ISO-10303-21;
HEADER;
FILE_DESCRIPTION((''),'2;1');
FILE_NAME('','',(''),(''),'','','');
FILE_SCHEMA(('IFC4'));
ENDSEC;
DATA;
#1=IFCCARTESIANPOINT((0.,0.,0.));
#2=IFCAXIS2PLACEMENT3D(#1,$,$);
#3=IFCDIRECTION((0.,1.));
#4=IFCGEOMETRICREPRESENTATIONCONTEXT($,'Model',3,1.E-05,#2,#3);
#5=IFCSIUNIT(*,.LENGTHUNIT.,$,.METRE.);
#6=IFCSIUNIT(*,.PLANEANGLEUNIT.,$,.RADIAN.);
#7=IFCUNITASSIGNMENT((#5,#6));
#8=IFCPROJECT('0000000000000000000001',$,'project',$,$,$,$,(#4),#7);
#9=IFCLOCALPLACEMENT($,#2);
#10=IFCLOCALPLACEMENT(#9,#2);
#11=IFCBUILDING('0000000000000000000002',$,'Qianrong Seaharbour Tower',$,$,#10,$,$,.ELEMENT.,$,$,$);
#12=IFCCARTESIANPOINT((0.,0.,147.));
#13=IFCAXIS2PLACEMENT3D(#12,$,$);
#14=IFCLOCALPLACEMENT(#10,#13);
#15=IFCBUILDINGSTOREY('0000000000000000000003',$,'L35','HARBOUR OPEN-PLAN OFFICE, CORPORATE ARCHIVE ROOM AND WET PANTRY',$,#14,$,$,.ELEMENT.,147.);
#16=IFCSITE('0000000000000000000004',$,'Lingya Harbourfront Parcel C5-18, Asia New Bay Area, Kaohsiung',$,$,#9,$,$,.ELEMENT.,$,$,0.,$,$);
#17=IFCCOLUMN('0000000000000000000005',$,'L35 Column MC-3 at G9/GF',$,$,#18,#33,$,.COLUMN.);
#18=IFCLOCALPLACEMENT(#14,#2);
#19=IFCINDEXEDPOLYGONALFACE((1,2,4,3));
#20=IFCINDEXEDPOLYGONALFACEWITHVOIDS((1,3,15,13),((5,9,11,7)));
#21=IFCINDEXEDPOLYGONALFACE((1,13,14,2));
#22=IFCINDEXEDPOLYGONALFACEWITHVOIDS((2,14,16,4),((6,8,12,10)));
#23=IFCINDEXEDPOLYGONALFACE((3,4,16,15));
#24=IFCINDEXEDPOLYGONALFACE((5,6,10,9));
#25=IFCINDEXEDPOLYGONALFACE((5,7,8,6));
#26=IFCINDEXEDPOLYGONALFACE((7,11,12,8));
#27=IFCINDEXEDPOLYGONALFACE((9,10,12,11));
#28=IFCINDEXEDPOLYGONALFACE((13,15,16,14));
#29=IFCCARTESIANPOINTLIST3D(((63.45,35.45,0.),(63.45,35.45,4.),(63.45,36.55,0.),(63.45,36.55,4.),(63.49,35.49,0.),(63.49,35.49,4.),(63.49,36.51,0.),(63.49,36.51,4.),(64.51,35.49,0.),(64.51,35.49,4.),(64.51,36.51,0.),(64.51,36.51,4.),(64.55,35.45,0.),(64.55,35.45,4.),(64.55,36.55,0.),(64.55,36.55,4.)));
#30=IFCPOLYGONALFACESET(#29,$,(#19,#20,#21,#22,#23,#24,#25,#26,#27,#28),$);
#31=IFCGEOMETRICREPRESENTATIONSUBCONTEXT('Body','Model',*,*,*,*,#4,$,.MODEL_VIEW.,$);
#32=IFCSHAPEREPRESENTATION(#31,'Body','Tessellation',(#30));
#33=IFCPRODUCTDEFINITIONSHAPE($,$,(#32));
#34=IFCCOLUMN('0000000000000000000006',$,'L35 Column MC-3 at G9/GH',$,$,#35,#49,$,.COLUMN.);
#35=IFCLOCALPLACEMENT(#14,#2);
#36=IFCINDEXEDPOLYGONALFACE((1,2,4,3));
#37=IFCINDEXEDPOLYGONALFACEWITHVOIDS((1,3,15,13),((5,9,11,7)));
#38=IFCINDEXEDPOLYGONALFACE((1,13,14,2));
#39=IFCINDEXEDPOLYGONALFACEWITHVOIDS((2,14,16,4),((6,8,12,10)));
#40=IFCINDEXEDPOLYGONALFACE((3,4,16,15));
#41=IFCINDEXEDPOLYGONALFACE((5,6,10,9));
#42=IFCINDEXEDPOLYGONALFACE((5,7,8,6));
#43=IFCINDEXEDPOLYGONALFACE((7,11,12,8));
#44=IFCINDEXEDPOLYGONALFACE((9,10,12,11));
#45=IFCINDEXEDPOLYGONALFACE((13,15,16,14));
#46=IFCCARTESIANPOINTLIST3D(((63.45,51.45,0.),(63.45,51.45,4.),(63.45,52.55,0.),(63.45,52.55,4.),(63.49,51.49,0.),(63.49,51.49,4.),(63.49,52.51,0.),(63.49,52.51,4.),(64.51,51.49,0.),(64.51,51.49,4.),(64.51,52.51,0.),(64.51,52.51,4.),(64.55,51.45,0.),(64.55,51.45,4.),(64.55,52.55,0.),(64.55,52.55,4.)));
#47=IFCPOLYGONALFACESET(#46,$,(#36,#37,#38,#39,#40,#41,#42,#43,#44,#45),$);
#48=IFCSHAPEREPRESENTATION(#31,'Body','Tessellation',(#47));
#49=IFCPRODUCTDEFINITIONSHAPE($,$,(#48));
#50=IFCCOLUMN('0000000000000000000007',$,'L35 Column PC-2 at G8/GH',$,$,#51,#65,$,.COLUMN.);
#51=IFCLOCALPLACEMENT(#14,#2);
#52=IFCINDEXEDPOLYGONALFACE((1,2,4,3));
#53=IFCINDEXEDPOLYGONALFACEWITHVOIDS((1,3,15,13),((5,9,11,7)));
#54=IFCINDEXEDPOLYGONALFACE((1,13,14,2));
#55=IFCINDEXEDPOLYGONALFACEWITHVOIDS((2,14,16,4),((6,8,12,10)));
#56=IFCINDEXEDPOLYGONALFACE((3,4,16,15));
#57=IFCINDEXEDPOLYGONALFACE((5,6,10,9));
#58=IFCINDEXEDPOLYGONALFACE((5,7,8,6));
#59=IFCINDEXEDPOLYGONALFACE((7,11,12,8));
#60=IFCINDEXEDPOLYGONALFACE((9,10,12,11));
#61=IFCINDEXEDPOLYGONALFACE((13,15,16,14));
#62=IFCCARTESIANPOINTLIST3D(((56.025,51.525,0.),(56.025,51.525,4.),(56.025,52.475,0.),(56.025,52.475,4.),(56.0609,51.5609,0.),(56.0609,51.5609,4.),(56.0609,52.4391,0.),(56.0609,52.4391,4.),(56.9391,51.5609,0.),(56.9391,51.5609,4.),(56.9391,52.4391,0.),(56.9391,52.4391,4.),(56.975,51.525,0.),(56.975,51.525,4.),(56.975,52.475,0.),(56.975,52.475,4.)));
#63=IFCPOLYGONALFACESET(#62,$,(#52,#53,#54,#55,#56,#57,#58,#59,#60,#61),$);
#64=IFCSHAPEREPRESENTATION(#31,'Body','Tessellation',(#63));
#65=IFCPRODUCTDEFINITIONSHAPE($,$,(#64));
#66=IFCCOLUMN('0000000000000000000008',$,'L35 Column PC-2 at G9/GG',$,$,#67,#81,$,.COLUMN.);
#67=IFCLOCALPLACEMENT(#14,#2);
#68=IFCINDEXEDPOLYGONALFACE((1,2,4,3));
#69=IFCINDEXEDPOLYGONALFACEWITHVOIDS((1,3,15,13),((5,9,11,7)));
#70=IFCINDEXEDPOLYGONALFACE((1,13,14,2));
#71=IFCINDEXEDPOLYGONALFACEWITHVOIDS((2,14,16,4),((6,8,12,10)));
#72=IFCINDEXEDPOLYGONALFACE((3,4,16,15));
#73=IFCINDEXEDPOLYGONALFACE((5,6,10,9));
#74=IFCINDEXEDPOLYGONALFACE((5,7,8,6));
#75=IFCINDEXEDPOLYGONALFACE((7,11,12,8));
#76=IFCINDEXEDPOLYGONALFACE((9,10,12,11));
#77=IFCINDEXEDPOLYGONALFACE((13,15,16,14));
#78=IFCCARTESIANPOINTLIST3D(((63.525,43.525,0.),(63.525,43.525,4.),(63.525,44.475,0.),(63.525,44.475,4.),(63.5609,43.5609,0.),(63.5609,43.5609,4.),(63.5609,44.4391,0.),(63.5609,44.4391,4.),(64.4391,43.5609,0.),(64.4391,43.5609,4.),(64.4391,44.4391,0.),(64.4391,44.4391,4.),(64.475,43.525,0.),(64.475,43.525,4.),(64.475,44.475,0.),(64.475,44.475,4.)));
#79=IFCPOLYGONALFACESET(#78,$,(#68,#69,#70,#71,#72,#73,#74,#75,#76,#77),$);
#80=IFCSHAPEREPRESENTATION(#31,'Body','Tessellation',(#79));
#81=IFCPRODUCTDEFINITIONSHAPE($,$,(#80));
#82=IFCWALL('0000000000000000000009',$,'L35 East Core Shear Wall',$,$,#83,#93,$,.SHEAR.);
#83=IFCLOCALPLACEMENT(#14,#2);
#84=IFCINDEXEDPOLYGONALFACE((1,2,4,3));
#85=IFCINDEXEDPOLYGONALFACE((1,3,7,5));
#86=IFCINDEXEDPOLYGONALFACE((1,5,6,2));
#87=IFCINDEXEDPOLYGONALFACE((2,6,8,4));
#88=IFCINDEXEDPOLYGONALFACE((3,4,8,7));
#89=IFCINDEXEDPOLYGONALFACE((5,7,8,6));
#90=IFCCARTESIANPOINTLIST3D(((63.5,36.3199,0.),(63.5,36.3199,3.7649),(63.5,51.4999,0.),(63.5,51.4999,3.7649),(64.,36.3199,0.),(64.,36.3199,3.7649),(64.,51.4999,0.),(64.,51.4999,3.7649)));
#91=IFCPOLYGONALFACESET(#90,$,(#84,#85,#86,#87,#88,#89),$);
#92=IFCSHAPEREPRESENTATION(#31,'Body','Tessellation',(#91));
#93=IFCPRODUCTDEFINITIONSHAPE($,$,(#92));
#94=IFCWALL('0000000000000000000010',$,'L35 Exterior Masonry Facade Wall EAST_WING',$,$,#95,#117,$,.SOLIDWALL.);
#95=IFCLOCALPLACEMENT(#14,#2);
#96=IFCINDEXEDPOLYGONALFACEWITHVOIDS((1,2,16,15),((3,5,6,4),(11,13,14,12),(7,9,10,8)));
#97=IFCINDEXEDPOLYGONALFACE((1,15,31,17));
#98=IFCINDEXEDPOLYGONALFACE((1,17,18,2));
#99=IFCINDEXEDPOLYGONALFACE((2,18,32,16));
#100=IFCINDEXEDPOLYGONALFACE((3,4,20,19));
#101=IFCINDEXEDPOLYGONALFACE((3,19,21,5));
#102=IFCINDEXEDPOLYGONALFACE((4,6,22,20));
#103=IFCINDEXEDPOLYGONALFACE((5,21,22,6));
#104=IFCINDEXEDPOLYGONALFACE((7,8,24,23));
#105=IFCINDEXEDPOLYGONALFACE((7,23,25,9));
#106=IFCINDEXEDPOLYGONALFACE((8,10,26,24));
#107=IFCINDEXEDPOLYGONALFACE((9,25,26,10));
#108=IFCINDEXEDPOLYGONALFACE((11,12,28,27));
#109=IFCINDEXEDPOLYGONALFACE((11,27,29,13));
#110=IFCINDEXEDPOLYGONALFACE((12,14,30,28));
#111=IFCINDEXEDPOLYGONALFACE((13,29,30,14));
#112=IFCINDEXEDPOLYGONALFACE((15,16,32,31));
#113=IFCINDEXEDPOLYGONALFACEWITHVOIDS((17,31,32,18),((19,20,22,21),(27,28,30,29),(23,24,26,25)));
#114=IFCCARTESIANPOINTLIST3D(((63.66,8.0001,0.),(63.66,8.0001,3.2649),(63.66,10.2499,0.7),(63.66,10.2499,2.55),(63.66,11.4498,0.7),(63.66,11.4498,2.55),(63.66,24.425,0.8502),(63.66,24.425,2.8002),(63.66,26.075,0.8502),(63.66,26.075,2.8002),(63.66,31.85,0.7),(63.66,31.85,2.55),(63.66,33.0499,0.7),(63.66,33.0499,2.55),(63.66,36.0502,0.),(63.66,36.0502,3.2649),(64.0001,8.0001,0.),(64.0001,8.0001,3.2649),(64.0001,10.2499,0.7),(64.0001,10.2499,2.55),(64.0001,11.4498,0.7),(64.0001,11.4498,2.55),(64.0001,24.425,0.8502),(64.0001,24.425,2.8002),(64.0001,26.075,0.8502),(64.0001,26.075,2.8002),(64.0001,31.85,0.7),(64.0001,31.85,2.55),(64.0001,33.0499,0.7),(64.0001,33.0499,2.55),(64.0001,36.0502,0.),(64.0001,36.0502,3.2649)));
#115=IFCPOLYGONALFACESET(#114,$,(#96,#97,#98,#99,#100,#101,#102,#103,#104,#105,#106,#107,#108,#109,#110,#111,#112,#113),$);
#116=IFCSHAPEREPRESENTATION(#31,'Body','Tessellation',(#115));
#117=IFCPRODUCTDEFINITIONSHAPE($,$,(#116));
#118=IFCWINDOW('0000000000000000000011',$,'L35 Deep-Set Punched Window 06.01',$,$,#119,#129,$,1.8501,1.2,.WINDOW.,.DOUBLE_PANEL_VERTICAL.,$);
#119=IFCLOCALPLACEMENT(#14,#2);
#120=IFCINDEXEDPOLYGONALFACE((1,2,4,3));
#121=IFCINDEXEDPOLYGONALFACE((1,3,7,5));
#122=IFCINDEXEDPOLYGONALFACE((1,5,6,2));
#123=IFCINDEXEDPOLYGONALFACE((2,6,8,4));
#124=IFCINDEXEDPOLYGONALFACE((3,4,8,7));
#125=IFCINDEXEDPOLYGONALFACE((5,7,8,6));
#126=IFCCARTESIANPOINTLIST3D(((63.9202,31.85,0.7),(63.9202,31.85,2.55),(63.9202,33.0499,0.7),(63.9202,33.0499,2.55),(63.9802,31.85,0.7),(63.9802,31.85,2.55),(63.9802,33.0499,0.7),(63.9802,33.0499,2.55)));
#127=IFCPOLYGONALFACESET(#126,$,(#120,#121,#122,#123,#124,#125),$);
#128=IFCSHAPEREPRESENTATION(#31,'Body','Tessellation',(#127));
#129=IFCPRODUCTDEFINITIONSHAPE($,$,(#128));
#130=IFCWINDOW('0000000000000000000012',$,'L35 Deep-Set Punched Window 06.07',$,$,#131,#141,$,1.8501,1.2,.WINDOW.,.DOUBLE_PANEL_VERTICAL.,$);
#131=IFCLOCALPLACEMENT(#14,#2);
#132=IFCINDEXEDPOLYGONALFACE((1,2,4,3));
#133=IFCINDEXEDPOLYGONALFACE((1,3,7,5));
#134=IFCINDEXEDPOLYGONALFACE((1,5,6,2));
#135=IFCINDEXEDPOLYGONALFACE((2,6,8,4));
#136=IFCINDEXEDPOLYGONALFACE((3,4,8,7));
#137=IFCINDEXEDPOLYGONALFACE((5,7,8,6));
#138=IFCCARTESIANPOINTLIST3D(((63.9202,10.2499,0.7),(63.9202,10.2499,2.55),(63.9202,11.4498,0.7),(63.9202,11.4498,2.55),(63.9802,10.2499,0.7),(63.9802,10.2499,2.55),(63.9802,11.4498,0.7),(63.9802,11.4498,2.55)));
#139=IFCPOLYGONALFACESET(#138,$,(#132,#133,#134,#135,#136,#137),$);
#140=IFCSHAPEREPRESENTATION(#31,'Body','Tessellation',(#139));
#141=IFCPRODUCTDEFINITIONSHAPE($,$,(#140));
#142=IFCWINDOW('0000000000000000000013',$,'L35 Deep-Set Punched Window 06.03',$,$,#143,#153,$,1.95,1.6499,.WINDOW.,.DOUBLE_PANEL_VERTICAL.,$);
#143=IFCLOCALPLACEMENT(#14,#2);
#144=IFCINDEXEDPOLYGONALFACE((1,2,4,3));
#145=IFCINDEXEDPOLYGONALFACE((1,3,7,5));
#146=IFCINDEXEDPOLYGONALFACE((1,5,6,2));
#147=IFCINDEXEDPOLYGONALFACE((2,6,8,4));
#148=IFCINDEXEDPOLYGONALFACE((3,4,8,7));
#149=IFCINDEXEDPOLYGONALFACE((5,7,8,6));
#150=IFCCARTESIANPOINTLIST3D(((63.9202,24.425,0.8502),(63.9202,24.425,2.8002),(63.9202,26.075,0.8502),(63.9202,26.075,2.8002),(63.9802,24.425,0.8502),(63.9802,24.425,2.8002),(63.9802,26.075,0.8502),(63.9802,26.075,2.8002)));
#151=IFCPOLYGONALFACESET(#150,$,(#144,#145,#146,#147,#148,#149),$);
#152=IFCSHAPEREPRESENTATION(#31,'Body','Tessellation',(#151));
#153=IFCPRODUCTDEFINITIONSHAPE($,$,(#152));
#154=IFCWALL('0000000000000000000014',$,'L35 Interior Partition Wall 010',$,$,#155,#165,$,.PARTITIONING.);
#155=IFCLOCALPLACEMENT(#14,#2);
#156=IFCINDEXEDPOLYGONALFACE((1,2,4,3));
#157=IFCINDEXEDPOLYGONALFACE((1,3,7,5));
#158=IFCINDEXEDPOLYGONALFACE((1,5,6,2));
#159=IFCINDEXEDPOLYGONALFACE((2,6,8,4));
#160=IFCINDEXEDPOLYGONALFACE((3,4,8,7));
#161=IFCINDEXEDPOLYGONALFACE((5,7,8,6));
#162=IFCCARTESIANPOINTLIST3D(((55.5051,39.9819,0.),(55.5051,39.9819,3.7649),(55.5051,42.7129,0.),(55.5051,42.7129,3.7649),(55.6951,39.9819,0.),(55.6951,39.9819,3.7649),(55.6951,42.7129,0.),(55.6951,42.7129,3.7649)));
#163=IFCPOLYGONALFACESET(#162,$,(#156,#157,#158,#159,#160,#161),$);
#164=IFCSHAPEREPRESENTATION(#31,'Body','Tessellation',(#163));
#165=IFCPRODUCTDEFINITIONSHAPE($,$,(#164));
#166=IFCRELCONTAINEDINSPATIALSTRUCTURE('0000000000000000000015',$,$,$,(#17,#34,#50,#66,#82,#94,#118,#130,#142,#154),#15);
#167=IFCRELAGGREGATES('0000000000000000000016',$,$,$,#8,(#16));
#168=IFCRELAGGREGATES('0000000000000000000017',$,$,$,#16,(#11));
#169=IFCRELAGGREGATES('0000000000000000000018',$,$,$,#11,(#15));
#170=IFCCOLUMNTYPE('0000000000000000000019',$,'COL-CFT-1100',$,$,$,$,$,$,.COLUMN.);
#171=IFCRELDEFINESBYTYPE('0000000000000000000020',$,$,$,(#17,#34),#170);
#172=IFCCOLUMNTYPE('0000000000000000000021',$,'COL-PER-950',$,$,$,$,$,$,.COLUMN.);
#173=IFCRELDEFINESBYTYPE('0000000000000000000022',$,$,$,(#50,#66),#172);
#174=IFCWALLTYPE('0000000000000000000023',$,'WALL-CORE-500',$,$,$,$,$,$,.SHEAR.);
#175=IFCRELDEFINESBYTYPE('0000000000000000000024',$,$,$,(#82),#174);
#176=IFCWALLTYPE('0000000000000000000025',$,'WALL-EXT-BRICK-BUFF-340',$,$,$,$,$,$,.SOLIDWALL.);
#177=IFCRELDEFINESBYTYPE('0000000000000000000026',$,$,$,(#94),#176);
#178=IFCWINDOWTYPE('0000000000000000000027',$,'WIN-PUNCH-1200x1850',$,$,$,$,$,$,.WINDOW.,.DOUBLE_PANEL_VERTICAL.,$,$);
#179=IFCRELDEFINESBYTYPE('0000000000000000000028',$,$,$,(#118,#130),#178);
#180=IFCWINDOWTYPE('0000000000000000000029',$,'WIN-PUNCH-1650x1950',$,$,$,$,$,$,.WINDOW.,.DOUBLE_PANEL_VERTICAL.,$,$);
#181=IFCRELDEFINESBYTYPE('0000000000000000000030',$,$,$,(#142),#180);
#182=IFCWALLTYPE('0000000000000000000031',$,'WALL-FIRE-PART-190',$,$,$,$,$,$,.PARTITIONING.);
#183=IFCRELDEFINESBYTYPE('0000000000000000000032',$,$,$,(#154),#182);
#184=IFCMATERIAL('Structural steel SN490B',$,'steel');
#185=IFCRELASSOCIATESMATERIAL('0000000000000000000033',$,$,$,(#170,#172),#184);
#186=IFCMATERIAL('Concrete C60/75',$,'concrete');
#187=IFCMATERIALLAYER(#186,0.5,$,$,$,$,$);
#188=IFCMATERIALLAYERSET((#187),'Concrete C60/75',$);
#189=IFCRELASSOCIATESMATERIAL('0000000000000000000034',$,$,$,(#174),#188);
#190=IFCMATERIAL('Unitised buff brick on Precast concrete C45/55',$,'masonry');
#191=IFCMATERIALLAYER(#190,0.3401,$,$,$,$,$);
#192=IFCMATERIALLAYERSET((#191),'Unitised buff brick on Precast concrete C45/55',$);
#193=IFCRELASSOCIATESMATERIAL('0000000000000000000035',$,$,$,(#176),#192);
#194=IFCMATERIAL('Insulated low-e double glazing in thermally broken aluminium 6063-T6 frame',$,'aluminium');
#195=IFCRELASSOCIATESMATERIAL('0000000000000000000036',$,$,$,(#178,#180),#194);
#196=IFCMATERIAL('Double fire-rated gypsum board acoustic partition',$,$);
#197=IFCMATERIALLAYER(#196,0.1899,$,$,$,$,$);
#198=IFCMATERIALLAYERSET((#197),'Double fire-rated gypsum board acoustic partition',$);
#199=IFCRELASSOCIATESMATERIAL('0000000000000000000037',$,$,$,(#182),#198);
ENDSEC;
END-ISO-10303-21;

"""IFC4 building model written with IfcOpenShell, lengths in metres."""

from ifc_helpers import new_model, si_unit, direction, frame, frame_2d, origin, origin_2d, place, context, subcontext, project, spatial, rectangle, hollow_rectangle, extrude, material, layer, layer_set, material_profile, profile_set, type_object, element, fill, save


model = new_model("IFC4")

# Units and contexts
model_context = context("Model", 3, precision=1e-05, world=origin(), true_north=direction((0.0, 1.0)))
body_context = subcontext(model_context, "Body", "Model", "MODEL_VIEW")
ifc_project = project(units=[si_unit("LENGTHUNIT", "METRE"), si_unit("PLANEANGLEUNIT", "RADIAN")], contexts=[model_context])

# Site, building, storey
site_placement = place(None, origin())
site = spatial("IfcSite", under=ifc_project, at=site_placement, Name="Lingya Harbourfront Parcel C5-18, Asia New Bay Area, Kaohsiung", CompositionType="ELEMENT", RefElevation=0.0)
building_placement = place(site_placement, origin())
building = spatial("IfcBuilding", under=site, at=building_placement, Name="Qianrong Seaharbour Tower", CompositionType="ELEMENT")
storey_placement = place(building_placement, frame((0.0, 0.0, 147.0)))
storey = spatial("IfcBuildingStorey", under=building, at=storey_placement, Name="L35", Description="HARBOUR OPEN-PLAN OFFICE, CORPORATE ARCHIVE ROOM AND WET PANTRY", CompositionType="ELEMENT", Elevation=147.0)

# Columns
ifc_material_1 = material(Name="Structural steel SN490B", Category="steel")
ifc_material_profile_1 = material_profile(ifc_material_1, hollow_rectangle(XDim=1.1001, YDim=1.1001, WallThickness=0.04, at=origin_2d()), Name="BOX1100x1100x40")
ifc_profile_set_1 = profile_set([ifc_material_profile_1], Name="Structural steel SN490B")
column_type_1 = type_object("IfcColumnType", Name="COL-CFT-1100", PredefinedType="COLUMN", material=ifc_profile_set_1)
for number, where, z_axis, x_axis, name in (
    (1, (64.0, 36.0, 0.0), (0.0, 0.0, 1.0), (1.0, 0.0, 0.0), "L35 Column MC-3 at G9/GF"),
    (2, (64.0, 52.0, 0.0), (0.0, 0.0, 1.0), (1.0, 0.0, 0.0), "L35 Column MC-3 at G9/GH"),
):
    element("IfcColumn", number, at=place(storey_placement, frame(where, z_axis=z_axis, x_axis=x_axis)), inside=storey, type_object=column_type_1, Name=name, PredefinedType="COLUMN", context=body_context, shape_type="SweptSolid", body=[
        extrude(hollow_rectangle(XDim=1.1001, YDim=1.1001, WallThickness=0.04, at=origin_2d()), origin(), (0.0, 0.0, 1.0), 4.0),
    ])
ifc_material_profile_2 = material_profile(ifc_material_1, hollow_rectangle(XDim=0.95, YDim=0.95, WallThickness=0.0359, at=origin_2d()), Name="BOX950x950x36")
ifc_profile_set_2 = profile_set([ifc_material_profile_2], Name="Structural steel SN490B")
column_type_2 = type_object("IfcColumnType", Name="COL-PER-950", PredefinedType="COLUMN", material=ifc_profile_set_2)
for number, where, z_axis, x_axis, name in (
    (3, (56.5, 52.0, 0.0), (0.0, 0.0, 1.0), (1.0, 0.0, 0.0), "L35 Column PC-2 at G8/GH"),
    (4, (64.0, 44.0, 0.0), (0.0, 0.0, 1.0), (1.0, 0.0, 0.0), "L35 Column PC-2 at G9/GG"),
):
    element("IfcColumn", number, at=place(storey_placement, frame(where, z_axis=z_axis, x_axis=x_axis)), inside=storey, type_object=column_type_2, Name=name, PredefinedType="COLUMN", context=body_context, shape_type="SweptSolid", body=[
        extrude(hollow_rectangle(XDim=0.95, YDim=0.95, WallThickness=0.0359, at=origin_2d()), origin(), (0.0, 0.0, 1.0), 4.0),
    ])

# Wall
ifc_material_2 = material(Name="Concrete C60/75", Category="concrete")
ifc_layer_1 = layer(ifc_material_2, 0.5)
ifc_layer_set_1 = layer_set([ifc_layer_1], Name="Concrete C60/75")
wall_type_1 = type_object("IfcWallType", Name="WALL-CORE-500", PredefinedType="SHEAR", material=ifc_layer_set_1)
wall_1_placement = place(storey_placement, frame((63.75, 36.3201, 0.0), z_axis=(0.0, 0.0, 1.0), x_axis=(0.0, 1.0, 0.0)))
element("IfcWall", 5, at=wall_1_placement, inside=storey, type_object=wall_type_1, Name="L35 East Core Shear Wall", PredefinedType="SHEAR", context=body_context, shape_type="SweptSolid", body=[
    extrude(rectangle(XDim=15.1799, YDim=0.5, at=frame_2d((7.5898, 0.0))), origin(), (0.0, 0.0, 1.0), 3.7649),
])

# Wall, openings, windows
ifc_material_3 = material(Name="Unitised buff brick on Precast concrete C45/55", Category="masonry")
ifc_layer_2 = layer(ifc_material_3, 0.3401)
ifc_layer_set_2 = layer_set([ifc_layer_2], Name="Unitised buff brick on Precast concrete C45/55")
wall_type_2 = type_object("IfcWallType", Name="WALL-EXT-BRICK-BUFF-340", PredefinedType="SOLIDWALL", material=ifc_layer_set_2)
wall_2_placement = place(storey_placement, frame((63.8301, 36.05, 0.0), z_axis=(0.0, 0.0, 1.0), x_axis=(0.0, -1.0, 0.0)))
wall_2 = element("IfcWall", 6, at=wall_2_placement, inside=storey, type_object=wall_type_2, Name="L35 Exterior Masonry Facade Wall EAST_WING", PredefinedType="SOLIDWALL", context=body_context, shape_type="SweptSolid", body=[
    extrude(rectangle(XDim=28.05, YDim=0.3401, at=frame_2d((14.0249, 0.0))), origin(), (0.0, 0.0, 1.0), 3.2649),
])
opening_1_placement = place(wall_2_placement, frame((3.0, 0.0, 0.7)))
opening_1 = element("IfcOpeningElement", 7, at=opening_1_placement, cuts=wall_2, PredefinedType="OPENING", context=body_context, shape_type="SweptSolid", body=[
    extrude(rectangle(XDim=1.2, YDim=1.8501, at=frame_2d((0.6001, 0.925))), frame((0.0, 0.1802, 0.0), z_axis=(0.0, -1.0, 0.0), x_axis=(1.0, 0.0, 0.0)), (0.0, 0.0, 1.0), 0.3601),
])
opening_2_placement = place(wall_2_placement, frame((9.9751, 0.0, 0.8501)))
opening_2 = element("IfcOpeningElement", 8, at=opening_2_placement, cuts=wall_2, PredefinedType="OPENING", context=body_context, shape_type="SweptSolid", body=[
    extrude(rectangle(XDim=1.6499, YDim=1.95, at=frame_2d((0.825, 0.9751))), frame((0.0, 0.1802, 0.0), z_axis=(0.0, -1.0, 0.0), x_axis=(1.0, 0.0, 0.0)), (0.0, 0.0, 1.0), 0.3601),
])
opening_3_placement = place(wall_2_placement, frame((24.6001, 0.0, 0.7)))
opening_3 = element("IfcOpeningElement", 9, at=opening_3_placement, cuts=wall_2, PredefinedType="OPENING", context=body_context, shape_type="SweptSolid", body=[
    extrude(rectangle(XDim=1.2, YDim=1.8501, at=frame_2d((0.6001, 0.925))), frame((0.0, 0.1802, 0.0), z_axis=(0.0, -1.0, 0.0), x_axis=(1.0, 0.0, 0.0)), (0.0, 0.0, 1.0), 0.3601),
])
ifc_material_4 = material(Name="Insulated low-e double glazing in thermally broken aluminium 6063-T6 frame", Category="aluminium")
window_type_1 = type_object("IfcWindowType", Name="WIN-PUNCH-1200x1850", PartitioningType="DOUBLE_PANEL_VERTICAL", PredefinedType="WINDOW", material=ifc_material_4)
window_1_placement = place(opening_1_placement, origin())
window_1 = element("IfcWindow", 10, at=window_1_placement, inside=storey, type_object=window_type_1, Name="L35 Deep-Set Punched Window 06.01", OverallHeight=1.8501, OverallWidth=1.2, PartitioningType="DOUBLE_PANEL_VERTICAL", PredefinedType="WINDOW", context=body_context, shape_type="SweptSolid", body=[
    extrude(rectangle(XDim=1.2, YDim=1.8501, at=frame_2d((0.6001, 0.925))), frame((0.0, 0.1501, 0.0), z_axis=(0.0, -1.0, 0.0), x_axis=(1.0, 0.0, 0.0)), (0.0, 0.0, 1.0), 0.0601),
])
fill(opening_1, window_1)
window_2_placement = place(opening_3_placement, origin())
window_2 = element("IfcWindow", 11, at=window_2_placement, inside=storey, type_object=window_type_1, Name="L35 Deep-Set Punched Window 06.07", OverallHeight=1.8501, OverallWidth=1.2, PartitioningType="DOUBLE_PANEL_VERTICAL", PredefinedType="WINDOW", context=body_context, shape_type="SweptSolid", body=[
    extrude(rectangle(XDim=1.2, YDim=1.8501, at=frame_2d((0.6001, 0.925))), frame((0.0, 0.1501, 0.0), z_axis=(0.0, -1.0, 0.0), x_axis=(1.0, 0.0, 0.0)), (0.0, 0.0, 1.0), 0.0601),
])
fill(opening_3, window_2)
window_type_2 = type_object("IfcWindowType", Name="WIN-PUNCH-1650x1950", PartitioningType="DOUBLE_PANEL_VERTICAL", PredefinedType="WINDOW", material=ifc_material_4)
window_3_placement = place(opening_2_placement, origin())
window_3 = element("IfcWindow", 12, at=window_3_placement, inside=storey, type_object=window_type_2, Name="L35 Deep-Set Punched Window 06.03", OverallHeight=1.95, OverallWidth=1.6499, PartitioningType="DOUBLE_PANEL_VERTICAL", PredefinedType="WINDOW", context=body_context, shape_type="SweptSolid", body=[
    extrude(rectangle(XDim=1.6499, YDim=1.95, at=frame_2d((0.825, 0.9751))), frame((0.0, 0.1501, 0.0), z_axis=(0.0, -1.0, 0.0), x_axis=(1.0, 0.0, 0.0)), (0.0, 0.0, 1.0), 0.0601),
])
fill(opening_2, window_3)

# Wall
ifc_material_5 = material(Name="Double fire-rated gypsum board acoustic partition")
ifc_layer_3 = layer(ifc_material_5, 0.1899)
ifc_layer_set_3 = layer_set([ifc_layer_3], Name="Double fire-rated gypsum board acoustic partition")
wall_type_3 = type_object("IfcWallType", Name="WALL-FIRE-PART-190", PredefinedType="PARTITIONING", material=ifc_layer_set_3)
wall_3_placement = place(storey_placement, frame((55.6001, 42.7129, 0.0), z_axis=(0.0, 0.0, 1.0), x_axis=(0.0, -1.0, 0.0)))
element("IfcWall", 13, at=wall_3_placement, inside=storey, type_object=wall_type_3, Name="L35 Interior Partition Wall 010", PredefinedType="PARTITIONING", context=body_context, shape_type="SweptSolid", body=[
    extrude(rectangle(XDim=2.731, YDim=0.1899, at=frame_2d((1.3655, 0.0))), origin(), (0.0, 0.0, 1.0), 3.7649),
])

save(model, "model.ifc")
